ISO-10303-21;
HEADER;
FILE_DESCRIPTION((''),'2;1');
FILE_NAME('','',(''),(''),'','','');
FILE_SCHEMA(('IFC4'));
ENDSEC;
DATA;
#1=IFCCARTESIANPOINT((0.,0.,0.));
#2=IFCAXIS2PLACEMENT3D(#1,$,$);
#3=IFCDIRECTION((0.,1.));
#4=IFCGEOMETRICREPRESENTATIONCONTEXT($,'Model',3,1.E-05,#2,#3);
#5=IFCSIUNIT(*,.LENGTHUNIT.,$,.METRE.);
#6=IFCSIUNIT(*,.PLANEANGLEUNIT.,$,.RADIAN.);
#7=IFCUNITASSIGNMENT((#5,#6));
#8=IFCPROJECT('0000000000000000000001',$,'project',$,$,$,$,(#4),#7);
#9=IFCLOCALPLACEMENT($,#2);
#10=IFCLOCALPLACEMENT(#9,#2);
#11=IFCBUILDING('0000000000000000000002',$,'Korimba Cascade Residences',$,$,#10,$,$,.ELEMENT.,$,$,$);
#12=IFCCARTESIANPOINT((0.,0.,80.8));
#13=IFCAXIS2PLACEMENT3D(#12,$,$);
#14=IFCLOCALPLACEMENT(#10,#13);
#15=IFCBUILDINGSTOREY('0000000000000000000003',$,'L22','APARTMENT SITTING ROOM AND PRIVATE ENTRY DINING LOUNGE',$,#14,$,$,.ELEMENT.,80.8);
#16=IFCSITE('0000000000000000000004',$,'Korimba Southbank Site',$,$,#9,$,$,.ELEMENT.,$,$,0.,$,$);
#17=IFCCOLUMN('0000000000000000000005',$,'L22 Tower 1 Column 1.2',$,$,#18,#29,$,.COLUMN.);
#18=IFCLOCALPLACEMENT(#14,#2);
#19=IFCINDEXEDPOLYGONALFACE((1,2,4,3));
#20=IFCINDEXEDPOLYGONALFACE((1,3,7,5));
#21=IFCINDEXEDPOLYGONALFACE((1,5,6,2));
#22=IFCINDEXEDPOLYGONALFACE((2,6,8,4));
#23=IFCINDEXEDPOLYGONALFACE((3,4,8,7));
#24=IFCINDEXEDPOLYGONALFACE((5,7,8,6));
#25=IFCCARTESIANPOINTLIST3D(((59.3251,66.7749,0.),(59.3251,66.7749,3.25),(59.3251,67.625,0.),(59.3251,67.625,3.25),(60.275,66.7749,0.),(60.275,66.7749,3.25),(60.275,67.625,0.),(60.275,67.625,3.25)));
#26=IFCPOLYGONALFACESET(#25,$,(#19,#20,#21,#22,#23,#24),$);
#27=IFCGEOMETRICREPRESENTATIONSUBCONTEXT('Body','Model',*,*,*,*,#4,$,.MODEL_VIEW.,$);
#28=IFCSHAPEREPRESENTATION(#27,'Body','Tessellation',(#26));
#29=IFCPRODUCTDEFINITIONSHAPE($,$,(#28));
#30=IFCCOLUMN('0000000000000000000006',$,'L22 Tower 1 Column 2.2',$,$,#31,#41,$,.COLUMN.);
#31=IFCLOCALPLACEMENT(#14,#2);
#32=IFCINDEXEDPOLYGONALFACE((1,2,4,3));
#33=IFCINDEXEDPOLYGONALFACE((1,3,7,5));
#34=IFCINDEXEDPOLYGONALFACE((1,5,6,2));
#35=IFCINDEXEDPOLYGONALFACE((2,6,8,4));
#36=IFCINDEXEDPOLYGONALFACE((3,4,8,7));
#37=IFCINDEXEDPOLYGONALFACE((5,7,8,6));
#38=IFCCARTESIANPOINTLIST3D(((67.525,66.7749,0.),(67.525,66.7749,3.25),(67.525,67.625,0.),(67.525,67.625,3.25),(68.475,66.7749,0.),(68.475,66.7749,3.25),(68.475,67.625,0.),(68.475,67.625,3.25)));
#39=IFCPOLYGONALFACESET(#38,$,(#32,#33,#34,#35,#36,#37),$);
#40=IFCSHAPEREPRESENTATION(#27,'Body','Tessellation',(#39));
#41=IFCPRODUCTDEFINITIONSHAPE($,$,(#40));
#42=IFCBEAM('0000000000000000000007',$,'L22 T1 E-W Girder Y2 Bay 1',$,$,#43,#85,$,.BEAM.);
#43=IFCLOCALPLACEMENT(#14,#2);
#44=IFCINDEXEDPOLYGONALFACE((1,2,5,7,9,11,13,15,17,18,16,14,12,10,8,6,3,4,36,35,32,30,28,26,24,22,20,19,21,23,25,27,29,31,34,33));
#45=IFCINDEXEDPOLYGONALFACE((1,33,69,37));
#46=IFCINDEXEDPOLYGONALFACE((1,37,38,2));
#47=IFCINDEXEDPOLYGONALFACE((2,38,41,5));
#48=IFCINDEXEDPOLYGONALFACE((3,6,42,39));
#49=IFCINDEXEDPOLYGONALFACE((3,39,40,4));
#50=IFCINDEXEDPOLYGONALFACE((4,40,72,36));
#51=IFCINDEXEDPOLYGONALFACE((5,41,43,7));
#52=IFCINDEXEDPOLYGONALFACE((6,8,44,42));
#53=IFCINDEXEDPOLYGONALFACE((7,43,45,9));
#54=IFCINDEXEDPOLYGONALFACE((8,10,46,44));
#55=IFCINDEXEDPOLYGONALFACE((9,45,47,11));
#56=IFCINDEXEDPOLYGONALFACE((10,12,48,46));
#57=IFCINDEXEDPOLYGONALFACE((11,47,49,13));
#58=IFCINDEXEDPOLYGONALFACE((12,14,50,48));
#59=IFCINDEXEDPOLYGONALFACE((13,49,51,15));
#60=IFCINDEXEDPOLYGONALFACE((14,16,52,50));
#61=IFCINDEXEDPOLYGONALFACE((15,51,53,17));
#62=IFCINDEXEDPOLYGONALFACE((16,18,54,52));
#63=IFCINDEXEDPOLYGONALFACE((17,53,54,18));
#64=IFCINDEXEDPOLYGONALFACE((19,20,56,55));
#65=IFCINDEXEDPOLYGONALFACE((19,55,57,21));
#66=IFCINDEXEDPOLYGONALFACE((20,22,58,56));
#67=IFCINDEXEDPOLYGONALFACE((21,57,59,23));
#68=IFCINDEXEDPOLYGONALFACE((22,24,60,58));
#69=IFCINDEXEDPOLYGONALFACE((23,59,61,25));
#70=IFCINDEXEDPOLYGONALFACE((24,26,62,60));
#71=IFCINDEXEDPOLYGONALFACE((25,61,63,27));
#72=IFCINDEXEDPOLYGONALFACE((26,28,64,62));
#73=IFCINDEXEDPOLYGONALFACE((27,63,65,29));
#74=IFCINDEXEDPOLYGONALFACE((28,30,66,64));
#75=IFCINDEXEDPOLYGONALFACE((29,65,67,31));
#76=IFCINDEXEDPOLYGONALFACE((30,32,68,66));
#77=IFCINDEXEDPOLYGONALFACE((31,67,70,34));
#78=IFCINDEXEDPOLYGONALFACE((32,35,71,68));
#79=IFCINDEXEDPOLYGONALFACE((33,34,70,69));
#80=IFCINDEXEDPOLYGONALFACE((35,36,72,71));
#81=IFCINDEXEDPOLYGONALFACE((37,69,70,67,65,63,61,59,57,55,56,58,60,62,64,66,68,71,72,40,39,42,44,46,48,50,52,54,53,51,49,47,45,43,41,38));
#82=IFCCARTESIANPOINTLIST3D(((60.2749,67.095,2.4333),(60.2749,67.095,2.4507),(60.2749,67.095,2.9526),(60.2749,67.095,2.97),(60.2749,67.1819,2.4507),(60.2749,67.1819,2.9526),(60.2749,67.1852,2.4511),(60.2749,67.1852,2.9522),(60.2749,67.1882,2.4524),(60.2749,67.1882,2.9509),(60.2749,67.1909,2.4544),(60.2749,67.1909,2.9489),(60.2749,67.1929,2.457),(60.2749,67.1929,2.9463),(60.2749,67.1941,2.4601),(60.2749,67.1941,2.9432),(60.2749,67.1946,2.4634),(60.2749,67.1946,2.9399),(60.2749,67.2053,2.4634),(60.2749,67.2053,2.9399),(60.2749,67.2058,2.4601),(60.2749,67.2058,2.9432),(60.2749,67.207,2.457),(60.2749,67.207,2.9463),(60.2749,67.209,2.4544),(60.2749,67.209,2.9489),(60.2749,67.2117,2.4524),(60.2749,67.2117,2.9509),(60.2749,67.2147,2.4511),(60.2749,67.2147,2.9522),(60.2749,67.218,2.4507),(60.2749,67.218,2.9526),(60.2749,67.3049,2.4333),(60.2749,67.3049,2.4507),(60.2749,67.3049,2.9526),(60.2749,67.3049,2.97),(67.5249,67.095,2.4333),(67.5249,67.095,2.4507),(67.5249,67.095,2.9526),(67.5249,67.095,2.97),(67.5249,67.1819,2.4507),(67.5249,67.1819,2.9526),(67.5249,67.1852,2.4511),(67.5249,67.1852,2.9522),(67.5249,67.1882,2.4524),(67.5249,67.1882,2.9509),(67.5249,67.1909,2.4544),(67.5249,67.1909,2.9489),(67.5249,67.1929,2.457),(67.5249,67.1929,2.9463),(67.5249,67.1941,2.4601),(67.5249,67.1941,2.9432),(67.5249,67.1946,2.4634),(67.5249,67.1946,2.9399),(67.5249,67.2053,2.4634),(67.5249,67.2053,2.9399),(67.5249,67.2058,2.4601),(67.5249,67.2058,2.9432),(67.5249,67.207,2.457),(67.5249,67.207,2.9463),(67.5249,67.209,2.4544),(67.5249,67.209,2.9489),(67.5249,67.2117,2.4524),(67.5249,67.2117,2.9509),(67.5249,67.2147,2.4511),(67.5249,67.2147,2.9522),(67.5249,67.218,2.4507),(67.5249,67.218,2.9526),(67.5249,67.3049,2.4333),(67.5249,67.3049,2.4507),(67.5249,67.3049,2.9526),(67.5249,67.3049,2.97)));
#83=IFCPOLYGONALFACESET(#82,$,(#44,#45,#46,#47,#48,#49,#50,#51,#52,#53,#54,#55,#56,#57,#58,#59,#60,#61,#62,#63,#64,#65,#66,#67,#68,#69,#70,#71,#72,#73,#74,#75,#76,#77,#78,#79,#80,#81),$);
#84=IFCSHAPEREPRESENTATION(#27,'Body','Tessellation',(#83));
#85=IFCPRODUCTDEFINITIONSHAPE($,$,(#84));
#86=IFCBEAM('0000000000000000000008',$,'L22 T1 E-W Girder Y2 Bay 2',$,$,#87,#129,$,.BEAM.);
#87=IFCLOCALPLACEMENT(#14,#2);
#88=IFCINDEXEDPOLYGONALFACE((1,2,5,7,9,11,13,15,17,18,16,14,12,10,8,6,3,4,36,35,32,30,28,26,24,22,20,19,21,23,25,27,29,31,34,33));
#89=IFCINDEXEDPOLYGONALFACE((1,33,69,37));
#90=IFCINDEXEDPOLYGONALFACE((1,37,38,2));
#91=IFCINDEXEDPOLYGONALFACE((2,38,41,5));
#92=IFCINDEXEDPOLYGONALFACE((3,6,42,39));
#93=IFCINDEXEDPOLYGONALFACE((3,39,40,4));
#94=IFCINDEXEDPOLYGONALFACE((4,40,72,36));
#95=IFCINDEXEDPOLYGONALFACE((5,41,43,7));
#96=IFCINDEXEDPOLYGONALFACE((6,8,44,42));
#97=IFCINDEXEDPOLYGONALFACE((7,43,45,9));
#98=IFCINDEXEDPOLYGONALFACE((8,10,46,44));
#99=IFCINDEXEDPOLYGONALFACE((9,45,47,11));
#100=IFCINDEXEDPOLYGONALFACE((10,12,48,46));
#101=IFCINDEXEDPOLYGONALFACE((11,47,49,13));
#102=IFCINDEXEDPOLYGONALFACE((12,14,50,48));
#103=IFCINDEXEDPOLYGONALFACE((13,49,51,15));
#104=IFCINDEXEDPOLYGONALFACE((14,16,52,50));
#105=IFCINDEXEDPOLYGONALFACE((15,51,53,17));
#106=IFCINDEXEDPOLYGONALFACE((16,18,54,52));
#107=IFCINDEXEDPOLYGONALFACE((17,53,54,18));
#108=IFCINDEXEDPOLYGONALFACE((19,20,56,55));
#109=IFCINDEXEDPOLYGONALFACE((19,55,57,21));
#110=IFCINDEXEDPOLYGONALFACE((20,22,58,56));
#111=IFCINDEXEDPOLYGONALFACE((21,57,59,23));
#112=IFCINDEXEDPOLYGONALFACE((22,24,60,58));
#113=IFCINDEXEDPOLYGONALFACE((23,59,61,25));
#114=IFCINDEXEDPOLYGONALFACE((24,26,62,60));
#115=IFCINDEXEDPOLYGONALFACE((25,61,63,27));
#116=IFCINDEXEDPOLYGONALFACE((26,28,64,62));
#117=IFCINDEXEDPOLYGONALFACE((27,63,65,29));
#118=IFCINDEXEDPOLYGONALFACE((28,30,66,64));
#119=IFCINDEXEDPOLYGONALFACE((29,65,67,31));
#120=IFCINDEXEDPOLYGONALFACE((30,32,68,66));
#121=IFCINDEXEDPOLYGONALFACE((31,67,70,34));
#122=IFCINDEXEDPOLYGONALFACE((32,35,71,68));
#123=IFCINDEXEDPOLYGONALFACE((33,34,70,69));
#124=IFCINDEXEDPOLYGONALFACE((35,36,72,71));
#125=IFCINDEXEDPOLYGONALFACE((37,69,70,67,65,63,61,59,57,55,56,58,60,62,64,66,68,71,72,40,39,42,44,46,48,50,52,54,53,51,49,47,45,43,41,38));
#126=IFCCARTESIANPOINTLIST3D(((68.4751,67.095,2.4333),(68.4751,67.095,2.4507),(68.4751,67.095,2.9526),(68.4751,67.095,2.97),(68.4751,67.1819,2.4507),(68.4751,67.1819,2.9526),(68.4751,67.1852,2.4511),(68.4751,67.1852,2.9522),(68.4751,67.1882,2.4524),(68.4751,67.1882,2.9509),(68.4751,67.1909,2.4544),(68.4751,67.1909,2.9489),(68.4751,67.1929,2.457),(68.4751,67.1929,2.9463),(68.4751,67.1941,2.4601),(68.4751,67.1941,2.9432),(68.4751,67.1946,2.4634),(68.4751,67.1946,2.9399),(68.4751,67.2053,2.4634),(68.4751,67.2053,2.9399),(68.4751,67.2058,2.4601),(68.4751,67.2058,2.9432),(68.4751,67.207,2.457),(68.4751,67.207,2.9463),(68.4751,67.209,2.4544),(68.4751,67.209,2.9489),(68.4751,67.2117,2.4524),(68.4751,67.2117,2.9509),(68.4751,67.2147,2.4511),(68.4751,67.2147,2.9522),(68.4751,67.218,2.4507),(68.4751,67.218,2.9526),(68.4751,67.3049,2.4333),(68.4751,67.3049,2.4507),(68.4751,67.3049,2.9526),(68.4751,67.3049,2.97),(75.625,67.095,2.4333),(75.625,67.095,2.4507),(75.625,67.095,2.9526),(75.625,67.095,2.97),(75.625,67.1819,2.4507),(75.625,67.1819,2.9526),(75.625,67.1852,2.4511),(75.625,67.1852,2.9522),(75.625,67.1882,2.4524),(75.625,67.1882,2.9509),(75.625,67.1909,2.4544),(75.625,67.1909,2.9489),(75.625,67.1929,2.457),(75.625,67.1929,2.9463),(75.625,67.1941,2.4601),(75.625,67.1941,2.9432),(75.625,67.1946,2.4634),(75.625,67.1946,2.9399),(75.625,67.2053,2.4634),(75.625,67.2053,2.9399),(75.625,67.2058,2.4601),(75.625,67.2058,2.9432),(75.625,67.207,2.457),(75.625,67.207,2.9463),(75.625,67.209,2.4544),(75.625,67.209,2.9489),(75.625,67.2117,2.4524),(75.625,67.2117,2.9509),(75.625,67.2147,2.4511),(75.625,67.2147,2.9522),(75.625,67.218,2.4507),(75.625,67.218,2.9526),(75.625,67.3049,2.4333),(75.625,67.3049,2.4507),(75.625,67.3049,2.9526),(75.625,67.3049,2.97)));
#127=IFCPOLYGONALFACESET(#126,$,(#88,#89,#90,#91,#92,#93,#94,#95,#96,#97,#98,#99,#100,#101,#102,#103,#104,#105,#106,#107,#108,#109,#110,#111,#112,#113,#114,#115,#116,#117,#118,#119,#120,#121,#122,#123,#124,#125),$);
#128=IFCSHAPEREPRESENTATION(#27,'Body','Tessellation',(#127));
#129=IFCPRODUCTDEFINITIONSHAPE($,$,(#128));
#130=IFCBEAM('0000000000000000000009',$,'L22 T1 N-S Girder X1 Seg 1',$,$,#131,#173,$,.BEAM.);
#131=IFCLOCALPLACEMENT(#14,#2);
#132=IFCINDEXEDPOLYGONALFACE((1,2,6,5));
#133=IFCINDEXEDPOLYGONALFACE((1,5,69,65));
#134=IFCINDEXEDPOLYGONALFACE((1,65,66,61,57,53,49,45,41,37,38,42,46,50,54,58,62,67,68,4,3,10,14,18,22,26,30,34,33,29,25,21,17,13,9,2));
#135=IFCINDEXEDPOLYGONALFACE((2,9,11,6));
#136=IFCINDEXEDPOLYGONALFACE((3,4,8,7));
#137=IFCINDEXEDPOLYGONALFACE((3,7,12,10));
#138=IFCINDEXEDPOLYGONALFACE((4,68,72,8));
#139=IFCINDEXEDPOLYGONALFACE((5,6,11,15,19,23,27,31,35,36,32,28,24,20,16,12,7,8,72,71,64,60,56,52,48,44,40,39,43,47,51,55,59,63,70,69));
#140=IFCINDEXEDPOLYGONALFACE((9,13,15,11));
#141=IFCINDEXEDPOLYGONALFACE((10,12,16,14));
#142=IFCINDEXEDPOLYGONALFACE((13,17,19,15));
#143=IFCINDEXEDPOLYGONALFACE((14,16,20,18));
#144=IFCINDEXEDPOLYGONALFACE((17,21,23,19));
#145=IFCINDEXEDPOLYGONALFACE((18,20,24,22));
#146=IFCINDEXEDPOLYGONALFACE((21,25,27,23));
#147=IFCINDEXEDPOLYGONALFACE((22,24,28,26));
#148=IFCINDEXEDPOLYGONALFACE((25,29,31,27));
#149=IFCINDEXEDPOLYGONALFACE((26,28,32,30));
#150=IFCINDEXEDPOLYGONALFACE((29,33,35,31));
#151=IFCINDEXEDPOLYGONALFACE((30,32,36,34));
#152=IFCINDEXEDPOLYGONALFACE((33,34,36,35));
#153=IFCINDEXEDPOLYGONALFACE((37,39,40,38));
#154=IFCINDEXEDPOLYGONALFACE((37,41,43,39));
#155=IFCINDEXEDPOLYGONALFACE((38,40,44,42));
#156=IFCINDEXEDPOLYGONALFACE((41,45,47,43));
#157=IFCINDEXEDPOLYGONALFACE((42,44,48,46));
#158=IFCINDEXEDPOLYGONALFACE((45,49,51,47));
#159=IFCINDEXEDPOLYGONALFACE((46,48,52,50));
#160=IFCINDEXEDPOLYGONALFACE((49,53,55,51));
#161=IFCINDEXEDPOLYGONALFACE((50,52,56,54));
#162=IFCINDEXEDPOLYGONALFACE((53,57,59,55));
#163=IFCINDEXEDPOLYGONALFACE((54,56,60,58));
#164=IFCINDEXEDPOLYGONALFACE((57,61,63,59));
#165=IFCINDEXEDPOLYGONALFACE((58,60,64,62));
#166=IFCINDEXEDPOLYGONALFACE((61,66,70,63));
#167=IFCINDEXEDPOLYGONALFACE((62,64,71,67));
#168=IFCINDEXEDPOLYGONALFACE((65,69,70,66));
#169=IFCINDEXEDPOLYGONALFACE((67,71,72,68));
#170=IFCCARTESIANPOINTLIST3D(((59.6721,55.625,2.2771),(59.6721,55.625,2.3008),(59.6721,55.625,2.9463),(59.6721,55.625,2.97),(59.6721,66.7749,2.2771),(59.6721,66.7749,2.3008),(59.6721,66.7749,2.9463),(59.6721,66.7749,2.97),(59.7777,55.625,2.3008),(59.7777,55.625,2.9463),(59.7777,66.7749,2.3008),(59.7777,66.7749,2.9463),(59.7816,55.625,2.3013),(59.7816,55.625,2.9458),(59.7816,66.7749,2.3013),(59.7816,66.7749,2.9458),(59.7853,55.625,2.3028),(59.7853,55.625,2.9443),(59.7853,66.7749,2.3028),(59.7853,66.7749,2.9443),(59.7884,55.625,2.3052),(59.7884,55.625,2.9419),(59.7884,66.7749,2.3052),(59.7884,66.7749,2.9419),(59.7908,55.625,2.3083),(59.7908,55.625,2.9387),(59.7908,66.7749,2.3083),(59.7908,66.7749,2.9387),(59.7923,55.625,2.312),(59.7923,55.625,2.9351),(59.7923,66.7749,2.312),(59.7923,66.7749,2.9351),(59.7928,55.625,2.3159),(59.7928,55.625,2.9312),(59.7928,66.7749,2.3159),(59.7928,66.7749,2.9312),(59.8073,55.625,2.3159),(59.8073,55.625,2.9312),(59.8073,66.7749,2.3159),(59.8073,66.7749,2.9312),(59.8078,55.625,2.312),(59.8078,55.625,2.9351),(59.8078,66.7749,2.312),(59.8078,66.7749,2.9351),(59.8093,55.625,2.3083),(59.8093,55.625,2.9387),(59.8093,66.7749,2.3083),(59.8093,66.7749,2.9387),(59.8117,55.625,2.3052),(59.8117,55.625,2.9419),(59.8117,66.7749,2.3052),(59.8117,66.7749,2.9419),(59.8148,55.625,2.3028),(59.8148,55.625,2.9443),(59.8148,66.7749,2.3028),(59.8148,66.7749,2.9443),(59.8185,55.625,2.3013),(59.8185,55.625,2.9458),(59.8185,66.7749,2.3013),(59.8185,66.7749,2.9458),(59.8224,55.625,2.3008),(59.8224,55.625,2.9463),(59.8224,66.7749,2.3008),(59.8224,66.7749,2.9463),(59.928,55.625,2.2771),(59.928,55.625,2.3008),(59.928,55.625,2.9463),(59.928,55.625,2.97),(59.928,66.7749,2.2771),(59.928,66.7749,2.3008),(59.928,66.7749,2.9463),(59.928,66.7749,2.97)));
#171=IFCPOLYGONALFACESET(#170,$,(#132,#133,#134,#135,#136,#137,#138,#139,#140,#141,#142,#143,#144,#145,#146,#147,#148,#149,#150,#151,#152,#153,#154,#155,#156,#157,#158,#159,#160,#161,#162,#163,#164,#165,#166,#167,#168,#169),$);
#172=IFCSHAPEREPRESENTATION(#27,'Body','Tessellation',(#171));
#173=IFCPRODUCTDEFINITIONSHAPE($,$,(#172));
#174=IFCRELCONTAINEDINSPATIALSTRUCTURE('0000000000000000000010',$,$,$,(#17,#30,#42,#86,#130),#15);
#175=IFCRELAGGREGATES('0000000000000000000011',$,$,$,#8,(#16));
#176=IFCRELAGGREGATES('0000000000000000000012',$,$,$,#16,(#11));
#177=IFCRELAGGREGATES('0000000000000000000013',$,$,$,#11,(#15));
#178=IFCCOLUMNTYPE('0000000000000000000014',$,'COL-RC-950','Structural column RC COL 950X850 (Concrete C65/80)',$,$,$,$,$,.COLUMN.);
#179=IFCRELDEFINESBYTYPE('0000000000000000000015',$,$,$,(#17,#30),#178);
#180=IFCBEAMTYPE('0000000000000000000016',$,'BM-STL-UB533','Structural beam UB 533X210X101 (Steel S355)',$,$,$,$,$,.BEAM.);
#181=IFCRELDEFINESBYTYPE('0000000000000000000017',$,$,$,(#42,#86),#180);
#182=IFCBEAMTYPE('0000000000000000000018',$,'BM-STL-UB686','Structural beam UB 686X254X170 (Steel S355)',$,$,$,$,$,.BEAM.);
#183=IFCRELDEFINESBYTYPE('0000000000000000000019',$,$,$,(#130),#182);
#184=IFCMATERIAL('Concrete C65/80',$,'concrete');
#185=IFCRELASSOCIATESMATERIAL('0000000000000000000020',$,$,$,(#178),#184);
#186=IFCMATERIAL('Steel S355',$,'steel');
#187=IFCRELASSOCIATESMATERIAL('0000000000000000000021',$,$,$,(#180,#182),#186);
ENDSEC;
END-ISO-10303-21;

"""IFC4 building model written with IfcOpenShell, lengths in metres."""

from ifc_helpers import new_model, si_unit, direction, frame, origin, origin_2d, place, context, subcontext, project, spatial, rectangle, i_section, extrude, material, material_profile, profile_set, type_object, element, save


model = new_model("IFC4")

# Units and contexts
model_context = context("Model", 3, precision=1e-05, world=origin(), true_north=direction((0.0, 1.0)))
body_context = subcontext(model_context, "Body", "Model", "MODEL_VIEW")
ifc_project = project(units=[si_unit("LENGTHUNIT", "METRE"), si_unit("PLANEANGLEUNIT", "RADIAN")], contexts=[model_context])

# Site, building, storey
site_placement = place(None, origin())
site = spatial("IfcSite", under=ifc_project, at=site_placement, Name="Korimba Southbank Site", CompositionType="ELEMENT", RefElevation=0.0)
building_placement = place(site_placement, origin())
building = spatial("IfcBuilding", under=site, at=building_placement, Name="Korimba Cascade Residences", CompositionType="ELEMENT")
storey_placement = place(building_placement, frame((0.0, 0.0, 80.8)))
storey = spatial("IfcBuildingStorey", under=building, at=storey_placement, Name="L22", Description="APARTMENT SITTING ROOM AND PRIVATE ENTRY DINING LOUNGE", CompositionType="ELEMENT", Elevation=80.8)

# Columns
ifc_material_1 = material(Name="Concrete C65/80", Category="concrete")
ifc_material_profile_1 = material_profile(ifc_material_1, rectangle(XDim=0.95, YDim=0.8501, at=origin_2d()), Name="Concrete C65/80")
ifc_profile_set_1 = profile_set([ifc_material_profile_1], Name="Concrete C65/80")
column_type = type_object("IfcColumnType", Name="COL-RC-950", Description="Structural column RC COL 950X850 (Concrete C65/80)", PredefinedType="COLUMN", material=ifc_profile_set_1)
for number, where, z_axis, x_axis, name in (
    (1, (59.8, 67.2, 0.0), (0.0, 0.0, 1.0), (1.0, 0.0, 0.0), "L22 Tower 1 Column 1.2"),
    (2, (68.0, 67.2, 0.0), (0.0, 0.0, 1.0), (1.0, 0.0, 0.0), "L22 Tower 1 Column 2.2"),
):
    element("IfcColumn", number, at=place(storey_placement, frame(where, z_axis=z_axis, x_axis=x_axis)), inside=storey, type_object=column_type, Name=name, PredefinedType="COLUMN", context=body_context, shape_type="SweptSolid", body=[
        extrude(rectangle(XDim=0.95, YDim=0.8501, at=origin_2d()), origin(), (0.0, 0.0, 1.0), 3.25),
    ])

# Beams
ifc_material_2 = material(Name="Steel S355", Category="steel")
ifc_material_profile_2 = material_profile(ifc_material_2, i_section(OverallWidth=0.21, OverallDepth=0.5366, WebThickness=0.0107, FlangeThickness=0.0173, FilletRadius=0.0127, at=origin_2d()), Name="Steel S355")
ifc_profile_set_2 = profile_set([ifc_material_profile_2], Name="Steel S355")
beam_type_1 = type_object("IfcBeamType", Name="BM-STL-UB533", Description="Structural beam UB 533X210X101 (Steel S355)", PredefinedType="BEAM", material=ifc_profile_set_2)
beam_1_placement = place(storey_placement, frame((60.2749, 67.2, 2.7017), z_axis=(1.0, 0.0, 0.0), x_axis=(0.0, 1.0, 0.0)))
element("IfcBeam", 3, at=beam_1_placement, inside=storey, type_object=beam_type_1, Name="L22 T1 E-W Girder Y2 Bay 1", PredefinedType="BEAM", context=body_context, shape_type="SweptSolid", body=[
    extrude(i_section(OverallWidth=0.21, OverallDepth=0.5366, WebThickness=0.0107, FlangeThickness=0.0173, FilletRadius=0.0127, at=origin_2d()), origin(), (0.0, 0.0, 1.0), 7.25),
])
beam_2_placement = place(storey_placement, frame((68.4751, 67.2, 2.7017), z_axis=(1.0, 0.0, 0.0), x_axis=(0.0, 1.0, 0.0)))
element("IfcBeam", 4, at=beam_2_placement, inside=storey, type_object=beam_type_1, Name="L22 T1 E-W Girder Y2 Bay 2", PredefinedType="BEAM", context=body_context, shape_type="SweptSolid", body=[
    extrude(i_section(OverallWidth=0.21, OverallDepth=0.5366, WebThickness=0.0107, FlangeThickness=0.0173, FilletRadius=0.0127, at=origin_2d()), origin(), (0.0, 0.0, 1.0), 7.1499),
])
ifc_material_profile_3 = material_profile(ifc_material_2, i_section(OverallWidth=0.2559, OverallDepth=0.6929, WebThickness=0.0144, FlangeThickness=0.0237, FilletRadius=0.0151, at=origin_2d()), Name="Steel S355")
ifc_profile_set_3 = profile_set([ifc_material_profile_3], Name="Steel S355")
beam_type_2 = type_object("IfcBeamType", Name="BM-STL-UB686", Description="Structural beam UB 686X254X170 (Steel S355)", PredefinedType="BEAM", material=ifc_profile_set_3)
beam_3_placement = place(storey_placement, frame((59.8, 55.625, 2.6235), z_axis=(0.0, 1.0, 0.0), x_axis=(-1.0, 0.0, 0.0)))
element("IfcBeam", 5, at=beam_3_placement, inside=storey, type_object=beam_type_2, Name="L22 T1 N-S Girder X1 Seg 1", PredefinedType="BEAM", context=body_context, shape_type="SweptSolid", body=[
    extrude(i_section(OverallWidth=0.2559, OverallDepth=0.6929, WebThickness=0.0144, FlangeThickness=0.0237, FilletRadius=0.0151, at=origin_2d()), origin(), (0.0, 0.0, 1.0), 11.1499),
])

save(model, "model.ifc")
